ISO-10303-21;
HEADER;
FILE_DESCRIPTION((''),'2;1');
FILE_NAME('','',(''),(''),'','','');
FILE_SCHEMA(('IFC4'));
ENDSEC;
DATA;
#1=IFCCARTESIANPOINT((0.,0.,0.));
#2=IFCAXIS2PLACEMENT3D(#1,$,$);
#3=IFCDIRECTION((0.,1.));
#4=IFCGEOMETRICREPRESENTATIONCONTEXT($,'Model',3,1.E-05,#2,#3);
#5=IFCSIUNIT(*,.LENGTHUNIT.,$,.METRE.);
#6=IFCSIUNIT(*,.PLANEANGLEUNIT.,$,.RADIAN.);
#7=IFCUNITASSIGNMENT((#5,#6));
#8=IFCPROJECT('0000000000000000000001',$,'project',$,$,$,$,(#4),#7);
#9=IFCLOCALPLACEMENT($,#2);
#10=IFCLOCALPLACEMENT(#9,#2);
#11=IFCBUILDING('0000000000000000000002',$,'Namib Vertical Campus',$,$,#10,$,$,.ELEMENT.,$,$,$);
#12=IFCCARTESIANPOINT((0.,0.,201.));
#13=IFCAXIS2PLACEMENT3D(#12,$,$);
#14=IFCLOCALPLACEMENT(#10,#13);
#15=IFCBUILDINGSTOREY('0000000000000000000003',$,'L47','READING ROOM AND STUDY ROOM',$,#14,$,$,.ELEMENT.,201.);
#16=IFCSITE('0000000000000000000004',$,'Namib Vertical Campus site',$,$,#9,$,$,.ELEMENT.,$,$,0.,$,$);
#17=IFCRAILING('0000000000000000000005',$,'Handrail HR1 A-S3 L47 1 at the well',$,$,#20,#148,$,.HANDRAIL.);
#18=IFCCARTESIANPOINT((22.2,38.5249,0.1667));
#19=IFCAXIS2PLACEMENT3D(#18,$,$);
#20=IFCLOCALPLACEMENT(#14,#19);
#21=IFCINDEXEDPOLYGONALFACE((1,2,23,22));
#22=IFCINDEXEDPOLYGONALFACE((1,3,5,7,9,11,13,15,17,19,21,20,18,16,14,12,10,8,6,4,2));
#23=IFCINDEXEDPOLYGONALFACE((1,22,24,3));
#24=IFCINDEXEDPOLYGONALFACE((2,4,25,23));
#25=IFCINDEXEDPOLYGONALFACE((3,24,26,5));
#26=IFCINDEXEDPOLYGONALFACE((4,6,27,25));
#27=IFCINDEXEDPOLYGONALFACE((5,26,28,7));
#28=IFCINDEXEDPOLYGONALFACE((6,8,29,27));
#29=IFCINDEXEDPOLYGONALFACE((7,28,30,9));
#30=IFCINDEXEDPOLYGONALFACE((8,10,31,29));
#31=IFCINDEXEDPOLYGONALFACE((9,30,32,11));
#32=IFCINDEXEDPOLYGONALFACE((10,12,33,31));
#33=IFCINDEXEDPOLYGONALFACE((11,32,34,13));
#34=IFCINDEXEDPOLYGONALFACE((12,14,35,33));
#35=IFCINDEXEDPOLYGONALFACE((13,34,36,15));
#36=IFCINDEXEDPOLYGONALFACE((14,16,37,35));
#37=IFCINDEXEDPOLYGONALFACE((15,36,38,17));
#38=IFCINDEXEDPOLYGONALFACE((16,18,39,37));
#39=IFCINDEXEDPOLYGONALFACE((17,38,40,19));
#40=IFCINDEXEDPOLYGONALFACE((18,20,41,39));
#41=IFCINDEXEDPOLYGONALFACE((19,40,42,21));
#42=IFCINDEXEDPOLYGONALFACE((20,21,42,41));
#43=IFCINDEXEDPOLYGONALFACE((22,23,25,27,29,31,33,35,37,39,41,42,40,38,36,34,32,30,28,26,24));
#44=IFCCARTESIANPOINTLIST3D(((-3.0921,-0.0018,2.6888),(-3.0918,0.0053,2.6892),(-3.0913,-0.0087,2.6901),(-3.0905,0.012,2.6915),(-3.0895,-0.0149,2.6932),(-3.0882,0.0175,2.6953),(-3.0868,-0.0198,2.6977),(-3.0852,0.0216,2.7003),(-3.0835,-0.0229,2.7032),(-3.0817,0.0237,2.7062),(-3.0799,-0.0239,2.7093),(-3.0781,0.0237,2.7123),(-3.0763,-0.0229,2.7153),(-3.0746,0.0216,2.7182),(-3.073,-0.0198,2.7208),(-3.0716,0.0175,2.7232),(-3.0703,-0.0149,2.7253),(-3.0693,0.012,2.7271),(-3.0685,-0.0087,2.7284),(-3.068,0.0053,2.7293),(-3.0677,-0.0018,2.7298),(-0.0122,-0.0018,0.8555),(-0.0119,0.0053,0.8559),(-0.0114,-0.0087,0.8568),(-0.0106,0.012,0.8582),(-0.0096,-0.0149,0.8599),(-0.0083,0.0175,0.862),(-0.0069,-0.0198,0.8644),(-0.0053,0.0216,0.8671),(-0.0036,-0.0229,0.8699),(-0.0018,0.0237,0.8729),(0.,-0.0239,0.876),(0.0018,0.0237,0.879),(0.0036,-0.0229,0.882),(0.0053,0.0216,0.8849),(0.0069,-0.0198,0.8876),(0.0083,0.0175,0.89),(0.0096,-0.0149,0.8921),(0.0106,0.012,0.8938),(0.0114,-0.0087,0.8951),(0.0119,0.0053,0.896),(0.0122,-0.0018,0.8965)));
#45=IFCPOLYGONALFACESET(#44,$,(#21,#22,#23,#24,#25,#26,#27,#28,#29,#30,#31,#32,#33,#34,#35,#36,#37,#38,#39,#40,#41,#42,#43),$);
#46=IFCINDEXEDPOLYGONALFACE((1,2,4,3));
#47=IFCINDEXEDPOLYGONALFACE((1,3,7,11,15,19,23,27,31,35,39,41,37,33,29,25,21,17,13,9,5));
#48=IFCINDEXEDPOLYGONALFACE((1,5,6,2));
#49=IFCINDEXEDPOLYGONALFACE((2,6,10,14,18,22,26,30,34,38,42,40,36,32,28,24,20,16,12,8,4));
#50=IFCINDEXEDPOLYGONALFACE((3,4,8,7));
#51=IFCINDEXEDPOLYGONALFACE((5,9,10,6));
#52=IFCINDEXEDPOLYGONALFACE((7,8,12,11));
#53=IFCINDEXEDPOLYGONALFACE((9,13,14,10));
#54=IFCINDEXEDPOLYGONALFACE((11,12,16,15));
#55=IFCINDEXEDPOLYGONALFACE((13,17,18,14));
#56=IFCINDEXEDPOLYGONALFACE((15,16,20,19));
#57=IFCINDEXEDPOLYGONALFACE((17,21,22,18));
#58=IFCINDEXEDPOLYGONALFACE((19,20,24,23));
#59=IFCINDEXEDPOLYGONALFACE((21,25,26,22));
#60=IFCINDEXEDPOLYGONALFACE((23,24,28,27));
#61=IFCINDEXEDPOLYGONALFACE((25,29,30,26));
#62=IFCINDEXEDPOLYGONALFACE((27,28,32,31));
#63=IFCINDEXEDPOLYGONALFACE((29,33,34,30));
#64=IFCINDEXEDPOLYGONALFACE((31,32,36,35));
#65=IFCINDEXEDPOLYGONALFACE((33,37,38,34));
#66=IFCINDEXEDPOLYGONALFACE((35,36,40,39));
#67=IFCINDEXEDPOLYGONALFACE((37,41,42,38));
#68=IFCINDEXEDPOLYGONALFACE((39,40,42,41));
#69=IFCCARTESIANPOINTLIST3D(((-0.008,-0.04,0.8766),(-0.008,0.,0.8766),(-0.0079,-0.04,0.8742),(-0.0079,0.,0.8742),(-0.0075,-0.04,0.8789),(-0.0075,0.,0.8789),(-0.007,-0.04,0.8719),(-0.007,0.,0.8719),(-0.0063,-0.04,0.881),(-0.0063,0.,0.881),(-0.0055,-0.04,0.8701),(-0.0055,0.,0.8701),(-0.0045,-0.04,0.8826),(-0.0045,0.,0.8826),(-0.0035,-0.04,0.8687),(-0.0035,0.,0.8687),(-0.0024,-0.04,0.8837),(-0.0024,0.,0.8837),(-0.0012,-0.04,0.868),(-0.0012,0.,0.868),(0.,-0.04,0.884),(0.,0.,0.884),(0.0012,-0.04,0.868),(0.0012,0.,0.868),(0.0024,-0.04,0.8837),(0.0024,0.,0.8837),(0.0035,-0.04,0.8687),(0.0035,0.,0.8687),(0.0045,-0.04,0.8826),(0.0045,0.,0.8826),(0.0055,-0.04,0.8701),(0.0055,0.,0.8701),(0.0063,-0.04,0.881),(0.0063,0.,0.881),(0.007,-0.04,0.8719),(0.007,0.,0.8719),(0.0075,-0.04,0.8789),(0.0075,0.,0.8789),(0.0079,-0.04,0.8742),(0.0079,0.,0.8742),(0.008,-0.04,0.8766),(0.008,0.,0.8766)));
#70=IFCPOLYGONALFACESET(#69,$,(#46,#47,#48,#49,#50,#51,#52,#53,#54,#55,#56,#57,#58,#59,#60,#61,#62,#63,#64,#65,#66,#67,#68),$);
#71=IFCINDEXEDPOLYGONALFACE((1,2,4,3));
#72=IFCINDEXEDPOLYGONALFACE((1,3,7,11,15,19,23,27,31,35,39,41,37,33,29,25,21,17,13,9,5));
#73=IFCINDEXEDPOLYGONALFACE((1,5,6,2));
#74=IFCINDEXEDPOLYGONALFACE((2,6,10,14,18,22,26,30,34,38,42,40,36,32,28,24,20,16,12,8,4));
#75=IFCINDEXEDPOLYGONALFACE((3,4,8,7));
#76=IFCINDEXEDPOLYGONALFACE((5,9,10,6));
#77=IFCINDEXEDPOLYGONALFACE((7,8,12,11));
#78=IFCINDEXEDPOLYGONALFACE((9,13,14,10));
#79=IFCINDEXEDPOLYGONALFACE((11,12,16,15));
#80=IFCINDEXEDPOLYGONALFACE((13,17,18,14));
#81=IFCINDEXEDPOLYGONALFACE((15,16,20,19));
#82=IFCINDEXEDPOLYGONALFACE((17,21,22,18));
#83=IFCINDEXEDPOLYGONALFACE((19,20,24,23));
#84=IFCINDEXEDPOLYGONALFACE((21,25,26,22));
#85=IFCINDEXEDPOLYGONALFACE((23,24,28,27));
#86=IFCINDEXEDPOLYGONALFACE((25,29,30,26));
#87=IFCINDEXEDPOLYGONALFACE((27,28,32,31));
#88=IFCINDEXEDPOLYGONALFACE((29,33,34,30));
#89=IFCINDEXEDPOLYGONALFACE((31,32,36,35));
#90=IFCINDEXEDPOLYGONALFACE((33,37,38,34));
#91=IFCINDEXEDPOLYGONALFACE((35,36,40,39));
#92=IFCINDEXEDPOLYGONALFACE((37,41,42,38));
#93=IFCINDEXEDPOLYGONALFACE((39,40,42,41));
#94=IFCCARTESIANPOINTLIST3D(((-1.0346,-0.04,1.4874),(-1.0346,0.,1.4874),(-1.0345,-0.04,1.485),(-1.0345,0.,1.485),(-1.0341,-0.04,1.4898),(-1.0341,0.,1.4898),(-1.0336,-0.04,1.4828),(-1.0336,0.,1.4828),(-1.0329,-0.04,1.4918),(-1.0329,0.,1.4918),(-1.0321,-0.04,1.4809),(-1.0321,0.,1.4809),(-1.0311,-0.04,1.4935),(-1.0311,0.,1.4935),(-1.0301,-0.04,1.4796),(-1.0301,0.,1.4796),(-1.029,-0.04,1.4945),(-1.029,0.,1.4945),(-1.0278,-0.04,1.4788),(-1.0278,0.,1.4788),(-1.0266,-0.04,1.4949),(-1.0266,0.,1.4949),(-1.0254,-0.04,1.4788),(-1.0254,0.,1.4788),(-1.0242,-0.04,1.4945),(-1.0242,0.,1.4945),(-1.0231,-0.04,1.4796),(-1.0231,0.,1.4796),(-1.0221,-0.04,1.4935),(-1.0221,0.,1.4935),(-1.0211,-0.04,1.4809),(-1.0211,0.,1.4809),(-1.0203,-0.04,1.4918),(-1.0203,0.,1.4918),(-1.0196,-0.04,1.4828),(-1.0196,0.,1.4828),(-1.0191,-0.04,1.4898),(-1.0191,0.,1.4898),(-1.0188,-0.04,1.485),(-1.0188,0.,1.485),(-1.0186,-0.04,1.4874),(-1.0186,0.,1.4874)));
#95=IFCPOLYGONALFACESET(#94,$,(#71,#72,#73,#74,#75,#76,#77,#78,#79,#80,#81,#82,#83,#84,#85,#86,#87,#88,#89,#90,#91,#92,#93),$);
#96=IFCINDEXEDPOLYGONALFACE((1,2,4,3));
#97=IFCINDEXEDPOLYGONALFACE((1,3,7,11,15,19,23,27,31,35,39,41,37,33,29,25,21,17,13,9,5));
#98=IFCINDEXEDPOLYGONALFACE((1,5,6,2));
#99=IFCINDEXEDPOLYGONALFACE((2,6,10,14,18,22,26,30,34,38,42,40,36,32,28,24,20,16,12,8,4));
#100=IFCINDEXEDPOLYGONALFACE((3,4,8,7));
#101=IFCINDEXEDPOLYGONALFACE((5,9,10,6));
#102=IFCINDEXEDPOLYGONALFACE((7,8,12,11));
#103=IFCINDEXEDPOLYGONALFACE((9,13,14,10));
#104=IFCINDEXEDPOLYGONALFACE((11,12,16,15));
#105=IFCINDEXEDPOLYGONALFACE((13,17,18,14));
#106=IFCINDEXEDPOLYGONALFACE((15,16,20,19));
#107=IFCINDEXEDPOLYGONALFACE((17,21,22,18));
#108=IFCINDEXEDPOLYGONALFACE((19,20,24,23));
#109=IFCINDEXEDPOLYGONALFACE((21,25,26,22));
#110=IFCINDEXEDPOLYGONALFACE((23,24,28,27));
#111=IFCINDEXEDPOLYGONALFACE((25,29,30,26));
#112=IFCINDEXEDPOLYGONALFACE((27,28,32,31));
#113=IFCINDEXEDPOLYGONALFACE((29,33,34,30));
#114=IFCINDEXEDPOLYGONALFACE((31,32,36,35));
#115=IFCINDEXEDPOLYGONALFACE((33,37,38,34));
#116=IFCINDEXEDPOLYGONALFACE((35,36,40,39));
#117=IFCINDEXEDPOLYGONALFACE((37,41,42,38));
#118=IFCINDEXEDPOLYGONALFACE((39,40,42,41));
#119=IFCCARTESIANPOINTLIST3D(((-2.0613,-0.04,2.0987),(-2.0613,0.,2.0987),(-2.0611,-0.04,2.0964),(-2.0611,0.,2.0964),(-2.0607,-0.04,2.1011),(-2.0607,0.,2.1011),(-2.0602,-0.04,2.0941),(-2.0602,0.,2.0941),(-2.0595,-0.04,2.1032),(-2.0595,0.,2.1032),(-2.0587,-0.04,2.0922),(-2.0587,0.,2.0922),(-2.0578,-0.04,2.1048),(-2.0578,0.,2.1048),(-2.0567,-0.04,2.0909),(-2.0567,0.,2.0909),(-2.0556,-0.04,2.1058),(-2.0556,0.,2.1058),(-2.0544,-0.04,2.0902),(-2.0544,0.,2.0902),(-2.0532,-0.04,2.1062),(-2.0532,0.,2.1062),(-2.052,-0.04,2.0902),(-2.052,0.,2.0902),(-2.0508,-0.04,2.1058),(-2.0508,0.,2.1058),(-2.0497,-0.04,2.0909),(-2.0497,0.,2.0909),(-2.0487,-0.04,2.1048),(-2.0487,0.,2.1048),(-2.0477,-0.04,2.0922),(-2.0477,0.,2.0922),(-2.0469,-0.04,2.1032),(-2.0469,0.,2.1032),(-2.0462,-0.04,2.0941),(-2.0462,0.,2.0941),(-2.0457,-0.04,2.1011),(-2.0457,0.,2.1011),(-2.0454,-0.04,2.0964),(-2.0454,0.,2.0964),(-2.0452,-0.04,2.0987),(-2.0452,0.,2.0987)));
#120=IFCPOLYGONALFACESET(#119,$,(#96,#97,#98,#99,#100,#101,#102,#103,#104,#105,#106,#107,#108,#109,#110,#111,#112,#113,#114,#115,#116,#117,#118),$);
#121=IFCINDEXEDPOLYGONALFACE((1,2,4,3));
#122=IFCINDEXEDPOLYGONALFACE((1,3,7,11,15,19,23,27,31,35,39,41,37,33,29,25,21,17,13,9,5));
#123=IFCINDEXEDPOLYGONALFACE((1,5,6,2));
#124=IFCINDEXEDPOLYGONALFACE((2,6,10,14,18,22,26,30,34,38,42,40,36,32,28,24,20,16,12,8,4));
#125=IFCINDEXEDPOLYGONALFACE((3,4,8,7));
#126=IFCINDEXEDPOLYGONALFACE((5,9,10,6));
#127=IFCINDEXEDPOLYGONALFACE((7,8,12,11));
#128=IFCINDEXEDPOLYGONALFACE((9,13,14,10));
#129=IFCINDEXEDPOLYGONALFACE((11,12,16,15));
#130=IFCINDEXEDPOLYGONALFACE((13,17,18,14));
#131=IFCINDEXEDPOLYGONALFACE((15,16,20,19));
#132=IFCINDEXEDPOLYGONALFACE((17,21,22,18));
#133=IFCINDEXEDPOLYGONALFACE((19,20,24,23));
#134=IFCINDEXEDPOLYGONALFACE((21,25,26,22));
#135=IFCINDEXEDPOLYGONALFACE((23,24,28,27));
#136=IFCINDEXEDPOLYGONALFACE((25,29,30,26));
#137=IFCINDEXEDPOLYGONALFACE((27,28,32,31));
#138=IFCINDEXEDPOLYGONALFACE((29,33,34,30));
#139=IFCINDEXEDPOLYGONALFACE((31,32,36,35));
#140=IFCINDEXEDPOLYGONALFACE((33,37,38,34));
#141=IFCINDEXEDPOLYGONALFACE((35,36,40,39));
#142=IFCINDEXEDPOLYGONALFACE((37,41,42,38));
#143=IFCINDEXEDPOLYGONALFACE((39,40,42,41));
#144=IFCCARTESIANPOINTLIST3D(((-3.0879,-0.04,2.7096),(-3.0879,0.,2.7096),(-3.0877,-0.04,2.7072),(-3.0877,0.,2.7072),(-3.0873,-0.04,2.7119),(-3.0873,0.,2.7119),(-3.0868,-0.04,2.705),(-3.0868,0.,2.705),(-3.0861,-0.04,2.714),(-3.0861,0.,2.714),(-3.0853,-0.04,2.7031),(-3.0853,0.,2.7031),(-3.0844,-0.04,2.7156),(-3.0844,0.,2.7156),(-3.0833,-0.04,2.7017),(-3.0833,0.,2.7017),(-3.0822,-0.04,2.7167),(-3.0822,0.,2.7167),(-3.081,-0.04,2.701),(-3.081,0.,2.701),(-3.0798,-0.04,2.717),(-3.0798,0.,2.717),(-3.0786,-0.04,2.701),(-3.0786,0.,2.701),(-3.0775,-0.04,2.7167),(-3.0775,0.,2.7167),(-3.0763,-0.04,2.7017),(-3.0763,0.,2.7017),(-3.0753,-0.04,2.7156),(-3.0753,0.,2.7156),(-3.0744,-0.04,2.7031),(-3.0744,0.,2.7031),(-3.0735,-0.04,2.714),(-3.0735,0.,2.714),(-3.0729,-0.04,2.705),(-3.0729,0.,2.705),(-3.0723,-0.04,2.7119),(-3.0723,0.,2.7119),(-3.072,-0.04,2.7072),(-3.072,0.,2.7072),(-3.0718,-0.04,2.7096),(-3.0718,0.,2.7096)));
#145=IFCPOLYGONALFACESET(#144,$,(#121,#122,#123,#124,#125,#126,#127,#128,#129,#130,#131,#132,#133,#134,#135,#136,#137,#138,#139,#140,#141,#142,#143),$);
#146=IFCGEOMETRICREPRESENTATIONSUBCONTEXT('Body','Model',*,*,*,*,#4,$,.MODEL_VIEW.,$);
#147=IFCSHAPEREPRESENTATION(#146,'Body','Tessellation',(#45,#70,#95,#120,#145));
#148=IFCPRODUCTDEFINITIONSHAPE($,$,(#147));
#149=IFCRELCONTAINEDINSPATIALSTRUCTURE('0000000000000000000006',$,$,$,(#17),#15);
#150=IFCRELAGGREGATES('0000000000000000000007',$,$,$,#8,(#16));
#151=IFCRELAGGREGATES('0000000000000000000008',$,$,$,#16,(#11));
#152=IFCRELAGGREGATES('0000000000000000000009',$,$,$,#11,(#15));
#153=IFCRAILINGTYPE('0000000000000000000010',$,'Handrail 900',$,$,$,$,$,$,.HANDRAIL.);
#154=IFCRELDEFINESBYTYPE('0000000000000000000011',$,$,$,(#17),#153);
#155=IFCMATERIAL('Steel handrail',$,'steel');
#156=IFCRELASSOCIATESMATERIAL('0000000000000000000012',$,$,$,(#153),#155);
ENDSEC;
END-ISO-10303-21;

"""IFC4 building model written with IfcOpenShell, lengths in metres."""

from ifc_helpers import new_model, si_unit, direction, frame, origin, origin_2d, place, context, subcontext, project, spatial, circle, extrude, material, type_object, element, save


model = new_model("IFC4")

# Units and contexts
model_context = context("Model", 3, precision=1e-05, world=origin(), true_north=direction((0.0, 1.0)))
body_context = subcontext(model_context, "Body", "Model", "MODEL_VIEW")
ifc_project = project(units=[si_unit("LENGTHUNIT", "METRE"), si_unit("PLANEANGLEUNIT", "RADIAN")], contexts=[model_context])

# Site, building, storey
site_placement = place(None, origin())
site = spatial("IfcSite", under=ifc_project, at=site_placement, Name="Namib Vertical Campus site", CompositionType="ELEMENT", RefElevation=0.0)
building_placement = place(site_placement, origin())
building = spatial("IfcBuilding", under=site, at=building_placement, Name="Namib Vertical Campus", CompositionType="ELEMENT")
storey_placement = place(building_placement, frame((0.0, 0.0, 201.0)))
storey = spatial("IfcBuildingStorey", under=building, at=storey_placement, Name="L47", Description="READING ROOM AND STUDY ROOM", CompositionType="ELEMENT", Elevation=201.0)

# Railing
ifc_material_1 = material(Name="Steel handrail", Category="steel")
railing_type_1 = type_object("IfcRailingType", Name="Handrail 900", PredefinedType="HANDRAIL", material=ifc_material_1)
railing_1_placement = place(storey_placement, frame((22.2, 38.5249, 0.1667)))
element("IfcRailing", 1, at=railing_1_placement, inside=storey, type_object=railing_type_1, Name="Handrail HR1 A-S3 L47 1 at the well", PredefinedType="HANDRAIL", context=body_context, shape_type="SweptSolid", body=[
    extrude(circle(Radius=0.0239, at=origin_2d()), frame((0.0, 0.0, 0.876), z_axis=(-0.859291, 0.0, 0.511487), x_axis=(0.0, -1.0, 0.0)), (0.0, 0.0, 1.0), 3.5842),
    extrude(circle(Radius=0.0081, at=origin_2d()), frame((0.0, 0.0, 0.876), z_axis=(0.0, -1.0, 0.0), x_axis=(0.0, 0.0, 1.0)), (0.0, 0.0, 1.0), 0.04),
    extrude(circle(Radius=0.0081, at=origin_2d()), frame((-1.0266, 0.0, 1.4868), z_axis=(0.0, -1.0, 0.0), x_axis=(0.0, 0.0, 1.0)), (0.0, 0.0, 1.0), 0.04),
    extrude(circle(Radius=0.0081, at=origin_2d()), frame((-2.0532, 0.0, 2.0981), z_axis=(0.0, -1.0, 0.0), x_axis=(0.0, 0.0, 1.0)), (0.0, 0.0, 1.0), 0.04),
    extrude(circle(Radius=0.0081, at=origin_2d()), frame((-3.0798, 0.0, 2.709), z_axis=(0.0, -1.0, 0.0), x_axis=(0.0, 0.0, 1.0)), (0.0, 0.0, 1.0), 0.04),
])

save(model, "model.ifc")
